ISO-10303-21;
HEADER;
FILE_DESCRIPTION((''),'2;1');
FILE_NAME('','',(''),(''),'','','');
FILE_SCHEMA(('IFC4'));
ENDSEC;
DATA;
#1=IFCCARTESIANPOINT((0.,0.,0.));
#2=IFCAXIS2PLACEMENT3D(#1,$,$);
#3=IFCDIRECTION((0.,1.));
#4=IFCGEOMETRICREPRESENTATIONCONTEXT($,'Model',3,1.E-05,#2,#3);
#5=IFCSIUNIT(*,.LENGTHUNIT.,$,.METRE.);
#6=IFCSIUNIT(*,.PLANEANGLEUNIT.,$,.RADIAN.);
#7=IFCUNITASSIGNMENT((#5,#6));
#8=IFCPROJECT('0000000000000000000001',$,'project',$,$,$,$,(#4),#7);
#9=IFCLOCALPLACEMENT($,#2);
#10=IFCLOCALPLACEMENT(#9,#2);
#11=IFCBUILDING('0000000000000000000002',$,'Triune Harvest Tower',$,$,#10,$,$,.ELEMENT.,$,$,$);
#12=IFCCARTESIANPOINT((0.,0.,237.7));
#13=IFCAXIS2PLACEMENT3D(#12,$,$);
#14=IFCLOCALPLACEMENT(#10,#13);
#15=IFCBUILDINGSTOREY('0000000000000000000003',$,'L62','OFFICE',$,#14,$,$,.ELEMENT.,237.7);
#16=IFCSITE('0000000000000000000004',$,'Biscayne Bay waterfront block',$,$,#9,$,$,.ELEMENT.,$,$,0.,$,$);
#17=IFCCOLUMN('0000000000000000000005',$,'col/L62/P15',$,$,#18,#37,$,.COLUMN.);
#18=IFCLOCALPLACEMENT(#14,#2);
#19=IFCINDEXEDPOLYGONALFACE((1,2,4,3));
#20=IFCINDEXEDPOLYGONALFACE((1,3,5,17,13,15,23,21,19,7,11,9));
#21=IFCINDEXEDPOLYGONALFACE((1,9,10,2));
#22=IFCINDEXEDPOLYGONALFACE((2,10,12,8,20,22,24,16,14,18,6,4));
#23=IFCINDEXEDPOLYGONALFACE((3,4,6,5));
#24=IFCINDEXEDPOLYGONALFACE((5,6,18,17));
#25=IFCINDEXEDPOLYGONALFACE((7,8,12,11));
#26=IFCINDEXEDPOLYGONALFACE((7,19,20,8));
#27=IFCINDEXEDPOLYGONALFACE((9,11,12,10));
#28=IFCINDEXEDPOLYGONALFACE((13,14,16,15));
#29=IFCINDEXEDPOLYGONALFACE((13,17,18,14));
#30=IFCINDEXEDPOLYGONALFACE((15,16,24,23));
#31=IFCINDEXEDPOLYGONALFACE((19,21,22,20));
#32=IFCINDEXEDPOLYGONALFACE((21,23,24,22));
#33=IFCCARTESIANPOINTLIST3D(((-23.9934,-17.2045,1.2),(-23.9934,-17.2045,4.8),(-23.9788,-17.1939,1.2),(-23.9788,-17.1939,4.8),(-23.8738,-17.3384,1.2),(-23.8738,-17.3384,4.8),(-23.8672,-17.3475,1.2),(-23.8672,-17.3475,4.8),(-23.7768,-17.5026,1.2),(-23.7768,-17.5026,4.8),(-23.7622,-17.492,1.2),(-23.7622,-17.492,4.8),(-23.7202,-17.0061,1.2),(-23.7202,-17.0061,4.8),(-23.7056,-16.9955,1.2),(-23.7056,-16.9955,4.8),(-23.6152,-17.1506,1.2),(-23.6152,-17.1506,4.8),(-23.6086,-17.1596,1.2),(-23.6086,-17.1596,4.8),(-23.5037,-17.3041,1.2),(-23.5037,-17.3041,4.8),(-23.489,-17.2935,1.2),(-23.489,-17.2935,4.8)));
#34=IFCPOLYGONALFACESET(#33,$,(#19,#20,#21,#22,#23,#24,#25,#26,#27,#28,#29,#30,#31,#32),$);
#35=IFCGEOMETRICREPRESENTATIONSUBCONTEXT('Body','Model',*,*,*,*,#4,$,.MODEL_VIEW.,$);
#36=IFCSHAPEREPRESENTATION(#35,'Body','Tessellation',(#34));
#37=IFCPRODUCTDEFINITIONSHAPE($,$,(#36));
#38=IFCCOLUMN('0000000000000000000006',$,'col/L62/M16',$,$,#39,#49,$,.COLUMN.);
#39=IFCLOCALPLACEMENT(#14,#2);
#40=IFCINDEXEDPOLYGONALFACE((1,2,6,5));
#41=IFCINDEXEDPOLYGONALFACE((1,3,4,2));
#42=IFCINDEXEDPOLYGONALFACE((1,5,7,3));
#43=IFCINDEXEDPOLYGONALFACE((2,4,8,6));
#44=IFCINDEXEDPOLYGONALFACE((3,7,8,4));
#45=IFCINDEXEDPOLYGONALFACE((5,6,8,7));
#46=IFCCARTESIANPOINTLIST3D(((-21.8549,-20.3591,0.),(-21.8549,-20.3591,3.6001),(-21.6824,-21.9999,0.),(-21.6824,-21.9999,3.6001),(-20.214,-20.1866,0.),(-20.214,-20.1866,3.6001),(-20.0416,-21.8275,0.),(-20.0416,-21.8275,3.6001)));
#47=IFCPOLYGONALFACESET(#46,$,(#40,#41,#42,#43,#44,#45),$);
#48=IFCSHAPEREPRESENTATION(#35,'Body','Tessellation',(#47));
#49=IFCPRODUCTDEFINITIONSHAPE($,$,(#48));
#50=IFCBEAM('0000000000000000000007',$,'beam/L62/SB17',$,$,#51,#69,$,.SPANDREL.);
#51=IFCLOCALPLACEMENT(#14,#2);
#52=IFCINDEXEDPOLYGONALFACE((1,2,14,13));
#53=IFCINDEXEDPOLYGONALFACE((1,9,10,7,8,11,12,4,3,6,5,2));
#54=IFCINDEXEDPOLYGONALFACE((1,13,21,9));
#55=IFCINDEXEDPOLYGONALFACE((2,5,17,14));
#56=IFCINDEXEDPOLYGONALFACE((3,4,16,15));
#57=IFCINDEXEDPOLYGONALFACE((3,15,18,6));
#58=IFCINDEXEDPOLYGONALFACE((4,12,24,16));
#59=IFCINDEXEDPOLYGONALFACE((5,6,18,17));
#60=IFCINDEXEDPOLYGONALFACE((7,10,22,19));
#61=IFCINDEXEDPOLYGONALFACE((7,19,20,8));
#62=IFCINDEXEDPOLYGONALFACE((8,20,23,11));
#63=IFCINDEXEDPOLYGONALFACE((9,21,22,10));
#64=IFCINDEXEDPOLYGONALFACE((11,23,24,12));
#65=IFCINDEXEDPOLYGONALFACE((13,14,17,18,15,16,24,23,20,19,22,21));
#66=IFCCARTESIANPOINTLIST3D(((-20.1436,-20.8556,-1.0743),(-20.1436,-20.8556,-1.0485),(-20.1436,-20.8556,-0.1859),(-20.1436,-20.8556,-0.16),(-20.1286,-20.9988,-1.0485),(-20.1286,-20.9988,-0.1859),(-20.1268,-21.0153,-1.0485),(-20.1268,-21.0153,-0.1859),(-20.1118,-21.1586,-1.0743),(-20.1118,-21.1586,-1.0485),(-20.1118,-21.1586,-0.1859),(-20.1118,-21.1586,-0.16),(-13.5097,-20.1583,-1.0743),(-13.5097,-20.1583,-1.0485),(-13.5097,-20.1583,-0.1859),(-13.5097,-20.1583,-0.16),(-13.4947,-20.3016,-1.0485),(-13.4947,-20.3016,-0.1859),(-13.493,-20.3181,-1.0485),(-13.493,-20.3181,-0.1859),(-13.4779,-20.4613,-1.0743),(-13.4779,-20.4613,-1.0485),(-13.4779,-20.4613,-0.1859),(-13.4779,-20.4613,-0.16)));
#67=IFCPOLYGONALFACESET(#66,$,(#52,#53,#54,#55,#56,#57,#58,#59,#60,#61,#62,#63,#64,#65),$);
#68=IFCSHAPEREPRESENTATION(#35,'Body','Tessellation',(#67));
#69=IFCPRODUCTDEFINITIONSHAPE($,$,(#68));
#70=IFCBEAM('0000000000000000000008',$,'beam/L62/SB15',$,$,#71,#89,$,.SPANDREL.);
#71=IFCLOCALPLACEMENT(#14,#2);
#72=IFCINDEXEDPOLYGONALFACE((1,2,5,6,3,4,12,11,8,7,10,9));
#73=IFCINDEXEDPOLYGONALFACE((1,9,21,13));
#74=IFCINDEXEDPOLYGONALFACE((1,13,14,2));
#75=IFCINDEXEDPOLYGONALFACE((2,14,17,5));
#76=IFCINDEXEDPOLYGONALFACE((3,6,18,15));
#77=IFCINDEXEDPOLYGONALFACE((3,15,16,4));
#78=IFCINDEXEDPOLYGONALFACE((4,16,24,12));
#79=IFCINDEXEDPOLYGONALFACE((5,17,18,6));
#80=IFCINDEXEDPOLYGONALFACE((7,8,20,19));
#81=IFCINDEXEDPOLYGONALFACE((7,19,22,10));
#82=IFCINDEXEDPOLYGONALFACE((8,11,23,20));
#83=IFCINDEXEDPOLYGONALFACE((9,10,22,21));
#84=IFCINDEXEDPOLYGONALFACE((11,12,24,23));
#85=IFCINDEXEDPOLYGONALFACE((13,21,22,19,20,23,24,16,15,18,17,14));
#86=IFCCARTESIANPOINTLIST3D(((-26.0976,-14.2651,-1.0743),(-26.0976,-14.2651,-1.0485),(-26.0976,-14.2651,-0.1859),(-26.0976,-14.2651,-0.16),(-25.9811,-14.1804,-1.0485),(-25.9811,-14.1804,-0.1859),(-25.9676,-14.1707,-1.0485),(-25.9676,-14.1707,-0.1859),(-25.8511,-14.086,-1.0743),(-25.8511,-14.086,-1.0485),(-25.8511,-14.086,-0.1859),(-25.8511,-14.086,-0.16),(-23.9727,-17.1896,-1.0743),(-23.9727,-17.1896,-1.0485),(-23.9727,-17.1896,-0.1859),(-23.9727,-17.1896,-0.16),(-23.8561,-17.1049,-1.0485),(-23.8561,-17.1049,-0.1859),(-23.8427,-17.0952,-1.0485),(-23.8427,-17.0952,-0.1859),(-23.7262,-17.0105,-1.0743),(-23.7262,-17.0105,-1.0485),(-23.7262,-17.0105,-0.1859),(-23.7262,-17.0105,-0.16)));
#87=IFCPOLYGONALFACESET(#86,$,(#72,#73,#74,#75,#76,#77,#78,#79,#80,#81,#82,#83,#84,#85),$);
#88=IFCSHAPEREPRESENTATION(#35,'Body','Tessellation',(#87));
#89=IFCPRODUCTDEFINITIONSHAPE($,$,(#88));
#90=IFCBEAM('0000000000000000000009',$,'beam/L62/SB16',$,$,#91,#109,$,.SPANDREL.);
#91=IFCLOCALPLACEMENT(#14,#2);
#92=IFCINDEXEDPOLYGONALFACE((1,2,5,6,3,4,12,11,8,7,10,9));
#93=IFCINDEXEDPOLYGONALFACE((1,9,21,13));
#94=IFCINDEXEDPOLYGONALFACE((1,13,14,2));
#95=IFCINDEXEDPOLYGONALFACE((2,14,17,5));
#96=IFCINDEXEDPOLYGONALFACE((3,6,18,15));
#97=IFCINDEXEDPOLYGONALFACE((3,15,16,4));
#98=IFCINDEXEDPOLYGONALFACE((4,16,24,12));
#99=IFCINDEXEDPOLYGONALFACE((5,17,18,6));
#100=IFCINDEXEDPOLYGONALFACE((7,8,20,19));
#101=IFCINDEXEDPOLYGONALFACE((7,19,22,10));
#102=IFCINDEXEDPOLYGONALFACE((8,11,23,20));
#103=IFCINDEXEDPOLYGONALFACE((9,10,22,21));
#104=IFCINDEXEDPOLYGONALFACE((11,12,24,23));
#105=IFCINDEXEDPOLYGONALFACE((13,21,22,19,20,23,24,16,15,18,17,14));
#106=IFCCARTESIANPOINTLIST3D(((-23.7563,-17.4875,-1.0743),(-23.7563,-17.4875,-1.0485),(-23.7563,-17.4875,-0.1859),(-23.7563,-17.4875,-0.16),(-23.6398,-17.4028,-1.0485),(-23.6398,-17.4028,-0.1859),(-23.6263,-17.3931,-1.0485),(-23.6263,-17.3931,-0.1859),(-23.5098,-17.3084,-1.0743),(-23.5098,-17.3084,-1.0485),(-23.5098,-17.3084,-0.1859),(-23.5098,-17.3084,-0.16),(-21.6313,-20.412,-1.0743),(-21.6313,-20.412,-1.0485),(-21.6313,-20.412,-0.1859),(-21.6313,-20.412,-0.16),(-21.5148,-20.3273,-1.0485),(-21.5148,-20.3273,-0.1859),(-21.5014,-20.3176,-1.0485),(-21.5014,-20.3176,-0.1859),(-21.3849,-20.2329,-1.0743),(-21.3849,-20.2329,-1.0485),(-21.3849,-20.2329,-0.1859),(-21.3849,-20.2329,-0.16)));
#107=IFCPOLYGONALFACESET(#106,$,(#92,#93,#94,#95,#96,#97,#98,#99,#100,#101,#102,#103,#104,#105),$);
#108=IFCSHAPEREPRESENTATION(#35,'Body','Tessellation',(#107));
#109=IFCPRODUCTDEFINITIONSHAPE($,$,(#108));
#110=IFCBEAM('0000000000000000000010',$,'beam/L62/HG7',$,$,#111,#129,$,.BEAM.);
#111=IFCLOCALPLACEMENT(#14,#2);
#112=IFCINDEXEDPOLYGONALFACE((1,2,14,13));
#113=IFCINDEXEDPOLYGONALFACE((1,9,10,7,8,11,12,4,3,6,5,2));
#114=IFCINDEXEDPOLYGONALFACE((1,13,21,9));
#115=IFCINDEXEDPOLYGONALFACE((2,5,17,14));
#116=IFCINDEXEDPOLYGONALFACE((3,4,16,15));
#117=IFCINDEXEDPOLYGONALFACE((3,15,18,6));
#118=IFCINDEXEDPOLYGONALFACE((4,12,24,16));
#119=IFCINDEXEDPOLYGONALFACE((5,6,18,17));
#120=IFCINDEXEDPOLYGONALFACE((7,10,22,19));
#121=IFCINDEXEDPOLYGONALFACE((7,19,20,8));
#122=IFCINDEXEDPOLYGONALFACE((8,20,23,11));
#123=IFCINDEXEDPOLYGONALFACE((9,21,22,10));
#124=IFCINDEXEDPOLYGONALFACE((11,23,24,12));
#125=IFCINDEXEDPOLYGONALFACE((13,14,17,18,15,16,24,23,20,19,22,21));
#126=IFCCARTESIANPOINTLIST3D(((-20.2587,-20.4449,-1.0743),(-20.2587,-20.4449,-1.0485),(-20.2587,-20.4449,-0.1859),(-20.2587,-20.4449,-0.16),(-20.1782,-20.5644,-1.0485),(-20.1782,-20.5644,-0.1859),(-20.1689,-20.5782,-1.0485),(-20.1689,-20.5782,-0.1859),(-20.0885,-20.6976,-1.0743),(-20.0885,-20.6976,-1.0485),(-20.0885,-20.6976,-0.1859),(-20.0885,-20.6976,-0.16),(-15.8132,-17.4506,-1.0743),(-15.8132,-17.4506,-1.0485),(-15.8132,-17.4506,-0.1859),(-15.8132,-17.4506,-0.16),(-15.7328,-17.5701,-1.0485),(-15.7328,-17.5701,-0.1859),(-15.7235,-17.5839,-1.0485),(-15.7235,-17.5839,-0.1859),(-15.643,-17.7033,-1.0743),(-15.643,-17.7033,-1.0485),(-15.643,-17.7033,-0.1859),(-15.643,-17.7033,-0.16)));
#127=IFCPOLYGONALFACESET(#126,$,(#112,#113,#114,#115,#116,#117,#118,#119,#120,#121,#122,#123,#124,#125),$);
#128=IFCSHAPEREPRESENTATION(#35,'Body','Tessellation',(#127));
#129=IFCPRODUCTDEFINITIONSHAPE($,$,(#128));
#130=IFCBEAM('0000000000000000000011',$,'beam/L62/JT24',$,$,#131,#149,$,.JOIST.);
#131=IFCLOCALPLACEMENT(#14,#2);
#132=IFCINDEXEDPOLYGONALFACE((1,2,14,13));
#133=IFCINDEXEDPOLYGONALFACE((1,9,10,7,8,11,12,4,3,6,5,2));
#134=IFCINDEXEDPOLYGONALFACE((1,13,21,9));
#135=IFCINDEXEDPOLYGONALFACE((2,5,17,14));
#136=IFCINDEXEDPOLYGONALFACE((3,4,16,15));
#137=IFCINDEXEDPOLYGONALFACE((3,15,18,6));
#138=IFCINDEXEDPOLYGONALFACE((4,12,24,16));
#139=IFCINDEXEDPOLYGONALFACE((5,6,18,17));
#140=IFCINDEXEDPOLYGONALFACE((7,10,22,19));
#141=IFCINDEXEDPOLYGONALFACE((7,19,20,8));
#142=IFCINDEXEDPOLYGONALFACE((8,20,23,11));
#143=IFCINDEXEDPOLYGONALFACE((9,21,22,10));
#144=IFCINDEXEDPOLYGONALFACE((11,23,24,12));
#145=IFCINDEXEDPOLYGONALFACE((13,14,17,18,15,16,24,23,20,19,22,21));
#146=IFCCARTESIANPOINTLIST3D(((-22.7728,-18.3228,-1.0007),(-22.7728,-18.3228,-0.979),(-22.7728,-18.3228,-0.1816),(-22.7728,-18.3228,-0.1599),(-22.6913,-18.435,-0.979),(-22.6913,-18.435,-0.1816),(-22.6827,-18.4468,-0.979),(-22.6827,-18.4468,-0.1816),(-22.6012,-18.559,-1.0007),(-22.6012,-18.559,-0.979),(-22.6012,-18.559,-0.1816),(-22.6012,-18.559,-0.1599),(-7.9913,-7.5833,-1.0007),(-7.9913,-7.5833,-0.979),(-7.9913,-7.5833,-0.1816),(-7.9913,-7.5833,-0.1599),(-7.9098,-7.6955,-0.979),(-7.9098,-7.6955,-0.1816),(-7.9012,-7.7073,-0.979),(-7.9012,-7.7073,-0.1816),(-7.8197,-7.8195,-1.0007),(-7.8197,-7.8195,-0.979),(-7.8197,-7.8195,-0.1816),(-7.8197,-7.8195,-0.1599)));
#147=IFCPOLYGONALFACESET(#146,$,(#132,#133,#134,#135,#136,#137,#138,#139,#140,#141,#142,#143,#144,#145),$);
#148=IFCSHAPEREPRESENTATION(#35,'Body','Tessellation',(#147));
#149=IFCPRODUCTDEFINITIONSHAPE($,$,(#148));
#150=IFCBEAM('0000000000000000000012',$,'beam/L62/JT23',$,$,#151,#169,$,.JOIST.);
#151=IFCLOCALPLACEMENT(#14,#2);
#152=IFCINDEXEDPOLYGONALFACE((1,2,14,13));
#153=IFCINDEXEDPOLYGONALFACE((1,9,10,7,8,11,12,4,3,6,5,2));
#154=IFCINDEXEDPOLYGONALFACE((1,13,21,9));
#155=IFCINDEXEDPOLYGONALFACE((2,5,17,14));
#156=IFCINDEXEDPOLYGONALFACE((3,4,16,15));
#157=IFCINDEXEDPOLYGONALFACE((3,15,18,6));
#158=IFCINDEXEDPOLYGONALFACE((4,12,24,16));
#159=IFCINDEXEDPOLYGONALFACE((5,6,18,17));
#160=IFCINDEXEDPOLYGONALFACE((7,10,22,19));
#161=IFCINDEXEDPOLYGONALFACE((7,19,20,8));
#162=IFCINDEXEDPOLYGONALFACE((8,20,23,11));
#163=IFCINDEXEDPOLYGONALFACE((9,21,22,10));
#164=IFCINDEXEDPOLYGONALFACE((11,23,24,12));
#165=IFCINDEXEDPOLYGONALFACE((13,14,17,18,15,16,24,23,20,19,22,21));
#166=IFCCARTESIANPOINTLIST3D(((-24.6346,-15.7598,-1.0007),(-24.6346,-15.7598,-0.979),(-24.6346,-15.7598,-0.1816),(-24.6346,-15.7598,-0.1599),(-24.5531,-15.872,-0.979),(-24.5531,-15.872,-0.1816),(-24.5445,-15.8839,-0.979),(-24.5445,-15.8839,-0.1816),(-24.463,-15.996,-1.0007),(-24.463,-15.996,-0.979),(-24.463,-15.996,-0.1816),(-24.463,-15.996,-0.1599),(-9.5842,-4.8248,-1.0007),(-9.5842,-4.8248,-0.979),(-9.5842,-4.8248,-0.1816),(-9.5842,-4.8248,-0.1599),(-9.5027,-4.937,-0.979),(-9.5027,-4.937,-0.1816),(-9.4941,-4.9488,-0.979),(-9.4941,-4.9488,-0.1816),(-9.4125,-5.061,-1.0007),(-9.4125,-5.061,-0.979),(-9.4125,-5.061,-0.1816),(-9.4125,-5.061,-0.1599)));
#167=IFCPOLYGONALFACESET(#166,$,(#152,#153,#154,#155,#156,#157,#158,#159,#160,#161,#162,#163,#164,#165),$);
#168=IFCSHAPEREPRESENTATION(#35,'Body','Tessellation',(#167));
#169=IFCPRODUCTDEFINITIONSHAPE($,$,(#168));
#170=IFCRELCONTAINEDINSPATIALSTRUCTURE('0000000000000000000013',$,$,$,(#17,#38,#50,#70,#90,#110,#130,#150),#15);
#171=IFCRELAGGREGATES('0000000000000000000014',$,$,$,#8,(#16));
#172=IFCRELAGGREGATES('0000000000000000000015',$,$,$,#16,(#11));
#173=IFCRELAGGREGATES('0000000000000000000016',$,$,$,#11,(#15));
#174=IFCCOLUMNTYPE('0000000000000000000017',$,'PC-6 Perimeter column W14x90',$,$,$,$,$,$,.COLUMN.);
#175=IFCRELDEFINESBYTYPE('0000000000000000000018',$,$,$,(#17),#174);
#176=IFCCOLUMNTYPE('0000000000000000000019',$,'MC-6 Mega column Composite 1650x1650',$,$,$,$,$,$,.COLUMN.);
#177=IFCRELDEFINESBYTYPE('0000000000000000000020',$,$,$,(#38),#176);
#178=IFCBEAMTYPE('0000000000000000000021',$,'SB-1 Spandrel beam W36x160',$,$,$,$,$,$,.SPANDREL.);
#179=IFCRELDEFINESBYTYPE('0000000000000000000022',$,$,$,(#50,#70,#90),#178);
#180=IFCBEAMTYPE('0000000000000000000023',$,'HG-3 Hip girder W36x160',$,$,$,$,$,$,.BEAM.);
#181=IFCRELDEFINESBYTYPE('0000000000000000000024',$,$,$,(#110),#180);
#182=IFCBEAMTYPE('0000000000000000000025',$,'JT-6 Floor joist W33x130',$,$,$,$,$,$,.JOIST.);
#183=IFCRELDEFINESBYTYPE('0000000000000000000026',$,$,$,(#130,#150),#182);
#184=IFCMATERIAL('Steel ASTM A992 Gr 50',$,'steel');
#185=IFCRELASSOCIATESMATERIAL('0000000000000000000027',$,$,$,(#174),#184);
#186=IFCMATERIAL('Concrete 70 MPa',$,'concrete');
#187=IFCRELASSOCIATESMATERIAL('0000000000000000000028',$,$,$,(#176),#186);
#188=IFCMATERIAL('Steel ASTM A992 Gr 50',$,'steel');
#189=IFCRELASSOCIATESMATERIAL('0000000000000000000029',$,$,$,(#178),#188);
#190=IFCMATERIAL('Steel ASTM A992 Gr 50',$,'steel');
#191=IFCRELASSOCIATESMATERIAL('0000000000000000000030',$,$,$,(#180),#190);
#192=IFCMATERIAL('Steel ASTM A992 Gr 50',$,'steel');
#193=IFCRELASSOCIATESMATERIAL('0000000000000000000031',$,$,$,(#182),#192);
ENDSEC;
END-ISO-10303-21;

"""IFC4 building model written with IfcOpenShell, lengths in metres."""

from ifc_helpers import new_model, si_unit, direction, frame, origin, origin_2d, place, context, subcontext, project, spatial, rectangle, i_section, extrude, source, transform, mapped, material, material_profile, profile_set, type_object, element, save


model = new_model("IFC4")

# Units and contexts
model_context = context("Model", 3, precision=1e-05, world=origin(), true_north=direction((0.0, 1.0)))
body_context = subcontext(model_context, "Body", "Model", "MODEL_VIEW")
ifc_project = project(units=[si_unit("LENGTHUNIT", "METRE"), si_unit("PLANEANGLEUNIT", "RADIAN")], contexts=[model_context])

# Site, building, storey
site_placement = place(None, origin())
site = spatial("IfcSite", under=ifc_project, at=site_placement, Name="Biscayne Bay waterfront block", CompositionType="ELEMENT", RefElevation=0.0)
building_placement = place(site_placement, origin())
building = spatial("IfcBuilding", under=site, at=building_placement, Name="Triune Harvest Tower", CompositionType="ELEMENT")
storey_placement = place(building_placement, frame((0.0, 0.0, 237.7)))
storey = spatial("IfcBuildingStorey", under=building, at=storey_placement, Name="L62", Description="OFFICE", CompositionType="ELEMENT", Elevation=237.7)

# Columns
ifc_material_1 = material(Name="Steel ASTM A992 Gr 50", Category="steel")
ifc_material_profile_1 = material_profile(ifc_material_1, i_section(OverallWidth=0.3684, OverallDepth=0.3557, WebThickness=0.0112, FlangeThickness=0.0181, at=origin_2d()), Name="W14x90")
ifc_profile_set_1 = profile_set([ifc_material_profile_1], Name="Steel ASTM A992 Gr 50")
column_type_1 = type_object("IfcColumnType", Name="PC-6 Perimeter column W14x90", PredefinedType="COLUMN", material=ifc_profile_set_1)
shared_shape_1 = source(origin(), body_context, "Body", "SweptSolid", [
    extrude(i_section(OverallWidth=0.3684, OverallDepth=0.3557, WebThickness=0.0112, FlangeThickness=0.0181, at=origin_2d()), origin(), (0.0, 0.0, 1.0), 3.6001),
])
column_1_placement = place(storey_placement, frame((-23.7412, -17.249, 1.2), z_axis=(0.0, 0.0, 1.0), x_axis=(0.587785, -0.809017, 0.0)))
element("IfcColumn", 1, at=column_1_placement, inside=storey, type_object=column_type_1, Name="col/L62/P15", PredefinedType="COLUMN", context=body_context, shape_type="MappedRepresentation", body=[
    mapped(shared_shape_1, transform((0.0, 0.0, 0.0), scale=1.0)),
])
ifc_material_2 = material(Name="Concrete 70 MPa", Category="concrete")
ifc_material_profile_2 = material_profile(ifc_material_2, rectangle(XDim=1.6499, YDim=1.6499, at=origin_2d()), Name="Composite 1650x1650")
ifc_profile_set_2 = profile_set([ifc_material_profile_2], Name="Concrete 70 MPa")
column_type_2 = type_object("IfcColumnType", Name="MC-6 Mega column Composite 1650x1650", PredefinedType="COLUMN", material=ifc_profile_set_2)
shared_shape_2 = source(origin(), body_context, "Body", "SweptSolid", [
    extrude(rectangle(XDim=1.6499, YDim=1.6499, at=origin_2d()), origin(), (0.0, 0.0, 1.0), 3.6001),
])
column_2_placement = place(storey_placement, frame((-20.9482, -21.0933, 0.0), z_axis=(0.0, 0.0, 1.0), x_axis=(0.994522, 0.10453, 0.0)))
element("IfcColumn", 2, at=column_2_placement, inside=storey, type_object=column_type_2, Name="col/L62/M16", PredefinedType="COLUMN", context=body_context, shape_type="MappedRepresentation", body=[
    mapped(shared_shape_2, transform((0.0, 0.0, 0.0), scale=1.0)),
])

# Beams
ifc_material_3 = material(Name="Steel ASTM A992 Gr 50", Category="steel")
ifc_material_profile_3 = material_profile(ifc_material_3, i_section(OverallWidth=0.3047, OverallDepth=0.9143, WebThickness=0.0166, FlangeThickness=0.0259, at=origin_2d()), Name="W36x160")
ifc_profile_set_3 = profile_set([ifc_material_profile_3], Name="Steel ASTM A992 Gr 50")
beam_type_1 = type_object("IfcBeamType", Name="SB-1 Spandrel beam W36x160", PredefinedType="SPANDREL", material=ifc_profile_set_3)
shared_shape_3 = source(origin(), body_context, "Body", "SweptSolid", [
    extrude(i_section(OverallWidth=0.3047, OverallDepth=0.9143, WebThickness=0.0166, FlangeThickness=0.0259, at=origin_2d()), origin(), (0.0, 0.0, 1.0), 6.6704),
])
beam_1_placement = place(storey_placement, frame((-20.1277, -21.0071, -0.6172), z_axis=(0.994521, 0.104532, 0.0), x_axis=(-0.104532, 0.994521, 0.0)))
element("IfcBeam", 3, at=beam_1_placement, inside=storey, type_object=beam_type_1, Name="beam/L62/SB17", PredefinedType="SPANDREL", context=body_context, shape_type="MappedRepresentation", body=[
    mapped(shared_shape_3, transform((0.0, 0.0, 0.0), scale=1.0)),
])
shared_shape_4 = source(origin(), body_context, "Body", "SweptSolid", [
    extrude(i_section(OverallWidth=0.3047, OverallDepth=0.9143, WebThickness=0.0166, FlangeThickness=0.0259, at=origin_2d()), origin(), (0.0, 0.0, 1.0), 3.615),
])
for number, where, z_axis, x_axis, name in (
    (4, (-25.9744, -14.1755, -0.6172), (0.587818, -0.808993, 0.0), (0.808993, 0.587818, 0.0), "beam/L62/SB15"),
    (5, (-23.6331, -17.3979, -0.6172), (0.587818, -0.808993, 0.0), (0.808993, 0.587818, 0.0), "beam/L62/SB16"),
):
    element("IfcBeam", number, at=place(storey_placement, frame(where, z_axis=z_axis, x_axis=x_axis)), inside=storey, type_object=beam_type_1, Name=name, PredefinedType="SPANDREL", context=body_context, shape_type="MappedRepresentation", body=[
        mapped(shared_shape_4, transform((0.0, 0.0, 0.0), scale=1.0)),
    ])
ifc_material_4 = material(Name="Steel ASTM A992 Gr 50", Category="steel")
ifc_material_profile_4 = material_profile(ifc_material_4, i_section(OverallWidth=0.3047, OverallDepth=0.9143, WebThickness=0.0166, FlangeThickness=0.0259, at=origin_2d()), Name="W36x160")
ifc_profile_set_4 = profile_set([ifc_material_profile_4], Name="Steel ASTM A992 Gr 50")
beam_type_2 = type_object("IfcBeamType", Name="HG-3 Hip girder W36x160", PredefinedType="BEAM", material=ifc_profile_set_4)
shared_shape_5 = source(origin(), body_context, "Body", "SweptSolid", [
    extrude(i_section(OverallWidth=0.3047, OverallDepth=0.9143, WebThickness=0.0166, FlangeThickness=0.0259, at=origin_2d()), origin(), (0.0, 0.0, 1.0), 5.3599),
])
beam_2_placement = place(storey_placement, frame((-20.1736, -20.5713, -0.6172), z_axis=(0.829399, 0.558657, 0.0), x_axis=(-0.558657, 0.829399, 0.0)))
element("IfcBeam", 6, at=beam_2_placement, inside=storey, type_object=beam_type_2, Name="beam/L62/HG7", PredefinedType="BEAM", context=body_context, shape_type="MappedRepresentation", body=[
    mapped(shared_shape_5, transform((0.0, 0.0, 0.0), scale=1.0)),
])
ifc_material_5 = material(Name="Steel ASTM A992 Gr 50", Category="steel")
ifc_material_profile_5 = material_profile(ifc_material_5, i_section(OverallWidth=0.292, OverallDepth=0.8408, WebThickness=0.0146, FlangeThickness=0.0217, at=origin_2d()), Name="W33x130")
ifc_profile_set_5 = profile_set([ifc_material_profile_5], Name="Steel ASTM A992 Gr 50")
beam_type_3 = type_object("IfcBeamType", Name="JT-6 Floor joist W33x130", PredefinedType="JOIST", material=ifc_profile_set_5)
shared_shape_6 = source(origin(), body_context, "Body", "SweptSolid", [
    extrude(i_section(OverallWidth=0.292, OverallDepth=0.8408, WebThickness=0.0146, FlangeThickness=0.0217, at=origin_2d()), origin(), (0.0, 0.0, 1.0), 18.271),
])
beam_3_placement = place(storey_placement, frame((-22.687, -18.4409, -0.5803), z_axis=(0.809014, 0.587789, 0.0), x_axis=(-0.587789, 0.809014, 0.0)))
element("IfcBeam", 7, at=beam_3_placement, inside=storey, type_object=beam_type_3, Name="beam/L62/JT24", PredefinedType="JOIST", context=body_context, shape_type="MappedRepresentation", body=[
    mapped(shared_shape_6, transform((0.0, 0.0, 0.0), scale=1.0)),
])
shared_shape_7 = source(origin(), body_context, "Body", "SweptSolid", [
    extrude(i_section(OverallWidth=0.292, OverallDepth=0.8408, WebThickness=0.0146, FlangeThickness=0.0217, at=origin_2d()), origin(), (0.0, 0.0, 1.0), 18.6035),
])
beam_4_placement = place(storey_placement, frame((-24.5488, -15.8779, -0.5803), z_axis=(0.809012, 0.587792, 0.0), x_axis=(-0.587792, 0.809012, 0.0)))
element("IfcBeam", 8, at=beam_4_placement, inside=storey, type_object=beam_type_3, Name="beam/L62/JT23", PredefinedType="JOIST", context=body_context, shape_type="MappedRepresentation", body=[
    mapped(shared_shape_7, transform((0.0, 0.0, 0.0), scale=1.0)),
])

save(model, "model.ifc")
